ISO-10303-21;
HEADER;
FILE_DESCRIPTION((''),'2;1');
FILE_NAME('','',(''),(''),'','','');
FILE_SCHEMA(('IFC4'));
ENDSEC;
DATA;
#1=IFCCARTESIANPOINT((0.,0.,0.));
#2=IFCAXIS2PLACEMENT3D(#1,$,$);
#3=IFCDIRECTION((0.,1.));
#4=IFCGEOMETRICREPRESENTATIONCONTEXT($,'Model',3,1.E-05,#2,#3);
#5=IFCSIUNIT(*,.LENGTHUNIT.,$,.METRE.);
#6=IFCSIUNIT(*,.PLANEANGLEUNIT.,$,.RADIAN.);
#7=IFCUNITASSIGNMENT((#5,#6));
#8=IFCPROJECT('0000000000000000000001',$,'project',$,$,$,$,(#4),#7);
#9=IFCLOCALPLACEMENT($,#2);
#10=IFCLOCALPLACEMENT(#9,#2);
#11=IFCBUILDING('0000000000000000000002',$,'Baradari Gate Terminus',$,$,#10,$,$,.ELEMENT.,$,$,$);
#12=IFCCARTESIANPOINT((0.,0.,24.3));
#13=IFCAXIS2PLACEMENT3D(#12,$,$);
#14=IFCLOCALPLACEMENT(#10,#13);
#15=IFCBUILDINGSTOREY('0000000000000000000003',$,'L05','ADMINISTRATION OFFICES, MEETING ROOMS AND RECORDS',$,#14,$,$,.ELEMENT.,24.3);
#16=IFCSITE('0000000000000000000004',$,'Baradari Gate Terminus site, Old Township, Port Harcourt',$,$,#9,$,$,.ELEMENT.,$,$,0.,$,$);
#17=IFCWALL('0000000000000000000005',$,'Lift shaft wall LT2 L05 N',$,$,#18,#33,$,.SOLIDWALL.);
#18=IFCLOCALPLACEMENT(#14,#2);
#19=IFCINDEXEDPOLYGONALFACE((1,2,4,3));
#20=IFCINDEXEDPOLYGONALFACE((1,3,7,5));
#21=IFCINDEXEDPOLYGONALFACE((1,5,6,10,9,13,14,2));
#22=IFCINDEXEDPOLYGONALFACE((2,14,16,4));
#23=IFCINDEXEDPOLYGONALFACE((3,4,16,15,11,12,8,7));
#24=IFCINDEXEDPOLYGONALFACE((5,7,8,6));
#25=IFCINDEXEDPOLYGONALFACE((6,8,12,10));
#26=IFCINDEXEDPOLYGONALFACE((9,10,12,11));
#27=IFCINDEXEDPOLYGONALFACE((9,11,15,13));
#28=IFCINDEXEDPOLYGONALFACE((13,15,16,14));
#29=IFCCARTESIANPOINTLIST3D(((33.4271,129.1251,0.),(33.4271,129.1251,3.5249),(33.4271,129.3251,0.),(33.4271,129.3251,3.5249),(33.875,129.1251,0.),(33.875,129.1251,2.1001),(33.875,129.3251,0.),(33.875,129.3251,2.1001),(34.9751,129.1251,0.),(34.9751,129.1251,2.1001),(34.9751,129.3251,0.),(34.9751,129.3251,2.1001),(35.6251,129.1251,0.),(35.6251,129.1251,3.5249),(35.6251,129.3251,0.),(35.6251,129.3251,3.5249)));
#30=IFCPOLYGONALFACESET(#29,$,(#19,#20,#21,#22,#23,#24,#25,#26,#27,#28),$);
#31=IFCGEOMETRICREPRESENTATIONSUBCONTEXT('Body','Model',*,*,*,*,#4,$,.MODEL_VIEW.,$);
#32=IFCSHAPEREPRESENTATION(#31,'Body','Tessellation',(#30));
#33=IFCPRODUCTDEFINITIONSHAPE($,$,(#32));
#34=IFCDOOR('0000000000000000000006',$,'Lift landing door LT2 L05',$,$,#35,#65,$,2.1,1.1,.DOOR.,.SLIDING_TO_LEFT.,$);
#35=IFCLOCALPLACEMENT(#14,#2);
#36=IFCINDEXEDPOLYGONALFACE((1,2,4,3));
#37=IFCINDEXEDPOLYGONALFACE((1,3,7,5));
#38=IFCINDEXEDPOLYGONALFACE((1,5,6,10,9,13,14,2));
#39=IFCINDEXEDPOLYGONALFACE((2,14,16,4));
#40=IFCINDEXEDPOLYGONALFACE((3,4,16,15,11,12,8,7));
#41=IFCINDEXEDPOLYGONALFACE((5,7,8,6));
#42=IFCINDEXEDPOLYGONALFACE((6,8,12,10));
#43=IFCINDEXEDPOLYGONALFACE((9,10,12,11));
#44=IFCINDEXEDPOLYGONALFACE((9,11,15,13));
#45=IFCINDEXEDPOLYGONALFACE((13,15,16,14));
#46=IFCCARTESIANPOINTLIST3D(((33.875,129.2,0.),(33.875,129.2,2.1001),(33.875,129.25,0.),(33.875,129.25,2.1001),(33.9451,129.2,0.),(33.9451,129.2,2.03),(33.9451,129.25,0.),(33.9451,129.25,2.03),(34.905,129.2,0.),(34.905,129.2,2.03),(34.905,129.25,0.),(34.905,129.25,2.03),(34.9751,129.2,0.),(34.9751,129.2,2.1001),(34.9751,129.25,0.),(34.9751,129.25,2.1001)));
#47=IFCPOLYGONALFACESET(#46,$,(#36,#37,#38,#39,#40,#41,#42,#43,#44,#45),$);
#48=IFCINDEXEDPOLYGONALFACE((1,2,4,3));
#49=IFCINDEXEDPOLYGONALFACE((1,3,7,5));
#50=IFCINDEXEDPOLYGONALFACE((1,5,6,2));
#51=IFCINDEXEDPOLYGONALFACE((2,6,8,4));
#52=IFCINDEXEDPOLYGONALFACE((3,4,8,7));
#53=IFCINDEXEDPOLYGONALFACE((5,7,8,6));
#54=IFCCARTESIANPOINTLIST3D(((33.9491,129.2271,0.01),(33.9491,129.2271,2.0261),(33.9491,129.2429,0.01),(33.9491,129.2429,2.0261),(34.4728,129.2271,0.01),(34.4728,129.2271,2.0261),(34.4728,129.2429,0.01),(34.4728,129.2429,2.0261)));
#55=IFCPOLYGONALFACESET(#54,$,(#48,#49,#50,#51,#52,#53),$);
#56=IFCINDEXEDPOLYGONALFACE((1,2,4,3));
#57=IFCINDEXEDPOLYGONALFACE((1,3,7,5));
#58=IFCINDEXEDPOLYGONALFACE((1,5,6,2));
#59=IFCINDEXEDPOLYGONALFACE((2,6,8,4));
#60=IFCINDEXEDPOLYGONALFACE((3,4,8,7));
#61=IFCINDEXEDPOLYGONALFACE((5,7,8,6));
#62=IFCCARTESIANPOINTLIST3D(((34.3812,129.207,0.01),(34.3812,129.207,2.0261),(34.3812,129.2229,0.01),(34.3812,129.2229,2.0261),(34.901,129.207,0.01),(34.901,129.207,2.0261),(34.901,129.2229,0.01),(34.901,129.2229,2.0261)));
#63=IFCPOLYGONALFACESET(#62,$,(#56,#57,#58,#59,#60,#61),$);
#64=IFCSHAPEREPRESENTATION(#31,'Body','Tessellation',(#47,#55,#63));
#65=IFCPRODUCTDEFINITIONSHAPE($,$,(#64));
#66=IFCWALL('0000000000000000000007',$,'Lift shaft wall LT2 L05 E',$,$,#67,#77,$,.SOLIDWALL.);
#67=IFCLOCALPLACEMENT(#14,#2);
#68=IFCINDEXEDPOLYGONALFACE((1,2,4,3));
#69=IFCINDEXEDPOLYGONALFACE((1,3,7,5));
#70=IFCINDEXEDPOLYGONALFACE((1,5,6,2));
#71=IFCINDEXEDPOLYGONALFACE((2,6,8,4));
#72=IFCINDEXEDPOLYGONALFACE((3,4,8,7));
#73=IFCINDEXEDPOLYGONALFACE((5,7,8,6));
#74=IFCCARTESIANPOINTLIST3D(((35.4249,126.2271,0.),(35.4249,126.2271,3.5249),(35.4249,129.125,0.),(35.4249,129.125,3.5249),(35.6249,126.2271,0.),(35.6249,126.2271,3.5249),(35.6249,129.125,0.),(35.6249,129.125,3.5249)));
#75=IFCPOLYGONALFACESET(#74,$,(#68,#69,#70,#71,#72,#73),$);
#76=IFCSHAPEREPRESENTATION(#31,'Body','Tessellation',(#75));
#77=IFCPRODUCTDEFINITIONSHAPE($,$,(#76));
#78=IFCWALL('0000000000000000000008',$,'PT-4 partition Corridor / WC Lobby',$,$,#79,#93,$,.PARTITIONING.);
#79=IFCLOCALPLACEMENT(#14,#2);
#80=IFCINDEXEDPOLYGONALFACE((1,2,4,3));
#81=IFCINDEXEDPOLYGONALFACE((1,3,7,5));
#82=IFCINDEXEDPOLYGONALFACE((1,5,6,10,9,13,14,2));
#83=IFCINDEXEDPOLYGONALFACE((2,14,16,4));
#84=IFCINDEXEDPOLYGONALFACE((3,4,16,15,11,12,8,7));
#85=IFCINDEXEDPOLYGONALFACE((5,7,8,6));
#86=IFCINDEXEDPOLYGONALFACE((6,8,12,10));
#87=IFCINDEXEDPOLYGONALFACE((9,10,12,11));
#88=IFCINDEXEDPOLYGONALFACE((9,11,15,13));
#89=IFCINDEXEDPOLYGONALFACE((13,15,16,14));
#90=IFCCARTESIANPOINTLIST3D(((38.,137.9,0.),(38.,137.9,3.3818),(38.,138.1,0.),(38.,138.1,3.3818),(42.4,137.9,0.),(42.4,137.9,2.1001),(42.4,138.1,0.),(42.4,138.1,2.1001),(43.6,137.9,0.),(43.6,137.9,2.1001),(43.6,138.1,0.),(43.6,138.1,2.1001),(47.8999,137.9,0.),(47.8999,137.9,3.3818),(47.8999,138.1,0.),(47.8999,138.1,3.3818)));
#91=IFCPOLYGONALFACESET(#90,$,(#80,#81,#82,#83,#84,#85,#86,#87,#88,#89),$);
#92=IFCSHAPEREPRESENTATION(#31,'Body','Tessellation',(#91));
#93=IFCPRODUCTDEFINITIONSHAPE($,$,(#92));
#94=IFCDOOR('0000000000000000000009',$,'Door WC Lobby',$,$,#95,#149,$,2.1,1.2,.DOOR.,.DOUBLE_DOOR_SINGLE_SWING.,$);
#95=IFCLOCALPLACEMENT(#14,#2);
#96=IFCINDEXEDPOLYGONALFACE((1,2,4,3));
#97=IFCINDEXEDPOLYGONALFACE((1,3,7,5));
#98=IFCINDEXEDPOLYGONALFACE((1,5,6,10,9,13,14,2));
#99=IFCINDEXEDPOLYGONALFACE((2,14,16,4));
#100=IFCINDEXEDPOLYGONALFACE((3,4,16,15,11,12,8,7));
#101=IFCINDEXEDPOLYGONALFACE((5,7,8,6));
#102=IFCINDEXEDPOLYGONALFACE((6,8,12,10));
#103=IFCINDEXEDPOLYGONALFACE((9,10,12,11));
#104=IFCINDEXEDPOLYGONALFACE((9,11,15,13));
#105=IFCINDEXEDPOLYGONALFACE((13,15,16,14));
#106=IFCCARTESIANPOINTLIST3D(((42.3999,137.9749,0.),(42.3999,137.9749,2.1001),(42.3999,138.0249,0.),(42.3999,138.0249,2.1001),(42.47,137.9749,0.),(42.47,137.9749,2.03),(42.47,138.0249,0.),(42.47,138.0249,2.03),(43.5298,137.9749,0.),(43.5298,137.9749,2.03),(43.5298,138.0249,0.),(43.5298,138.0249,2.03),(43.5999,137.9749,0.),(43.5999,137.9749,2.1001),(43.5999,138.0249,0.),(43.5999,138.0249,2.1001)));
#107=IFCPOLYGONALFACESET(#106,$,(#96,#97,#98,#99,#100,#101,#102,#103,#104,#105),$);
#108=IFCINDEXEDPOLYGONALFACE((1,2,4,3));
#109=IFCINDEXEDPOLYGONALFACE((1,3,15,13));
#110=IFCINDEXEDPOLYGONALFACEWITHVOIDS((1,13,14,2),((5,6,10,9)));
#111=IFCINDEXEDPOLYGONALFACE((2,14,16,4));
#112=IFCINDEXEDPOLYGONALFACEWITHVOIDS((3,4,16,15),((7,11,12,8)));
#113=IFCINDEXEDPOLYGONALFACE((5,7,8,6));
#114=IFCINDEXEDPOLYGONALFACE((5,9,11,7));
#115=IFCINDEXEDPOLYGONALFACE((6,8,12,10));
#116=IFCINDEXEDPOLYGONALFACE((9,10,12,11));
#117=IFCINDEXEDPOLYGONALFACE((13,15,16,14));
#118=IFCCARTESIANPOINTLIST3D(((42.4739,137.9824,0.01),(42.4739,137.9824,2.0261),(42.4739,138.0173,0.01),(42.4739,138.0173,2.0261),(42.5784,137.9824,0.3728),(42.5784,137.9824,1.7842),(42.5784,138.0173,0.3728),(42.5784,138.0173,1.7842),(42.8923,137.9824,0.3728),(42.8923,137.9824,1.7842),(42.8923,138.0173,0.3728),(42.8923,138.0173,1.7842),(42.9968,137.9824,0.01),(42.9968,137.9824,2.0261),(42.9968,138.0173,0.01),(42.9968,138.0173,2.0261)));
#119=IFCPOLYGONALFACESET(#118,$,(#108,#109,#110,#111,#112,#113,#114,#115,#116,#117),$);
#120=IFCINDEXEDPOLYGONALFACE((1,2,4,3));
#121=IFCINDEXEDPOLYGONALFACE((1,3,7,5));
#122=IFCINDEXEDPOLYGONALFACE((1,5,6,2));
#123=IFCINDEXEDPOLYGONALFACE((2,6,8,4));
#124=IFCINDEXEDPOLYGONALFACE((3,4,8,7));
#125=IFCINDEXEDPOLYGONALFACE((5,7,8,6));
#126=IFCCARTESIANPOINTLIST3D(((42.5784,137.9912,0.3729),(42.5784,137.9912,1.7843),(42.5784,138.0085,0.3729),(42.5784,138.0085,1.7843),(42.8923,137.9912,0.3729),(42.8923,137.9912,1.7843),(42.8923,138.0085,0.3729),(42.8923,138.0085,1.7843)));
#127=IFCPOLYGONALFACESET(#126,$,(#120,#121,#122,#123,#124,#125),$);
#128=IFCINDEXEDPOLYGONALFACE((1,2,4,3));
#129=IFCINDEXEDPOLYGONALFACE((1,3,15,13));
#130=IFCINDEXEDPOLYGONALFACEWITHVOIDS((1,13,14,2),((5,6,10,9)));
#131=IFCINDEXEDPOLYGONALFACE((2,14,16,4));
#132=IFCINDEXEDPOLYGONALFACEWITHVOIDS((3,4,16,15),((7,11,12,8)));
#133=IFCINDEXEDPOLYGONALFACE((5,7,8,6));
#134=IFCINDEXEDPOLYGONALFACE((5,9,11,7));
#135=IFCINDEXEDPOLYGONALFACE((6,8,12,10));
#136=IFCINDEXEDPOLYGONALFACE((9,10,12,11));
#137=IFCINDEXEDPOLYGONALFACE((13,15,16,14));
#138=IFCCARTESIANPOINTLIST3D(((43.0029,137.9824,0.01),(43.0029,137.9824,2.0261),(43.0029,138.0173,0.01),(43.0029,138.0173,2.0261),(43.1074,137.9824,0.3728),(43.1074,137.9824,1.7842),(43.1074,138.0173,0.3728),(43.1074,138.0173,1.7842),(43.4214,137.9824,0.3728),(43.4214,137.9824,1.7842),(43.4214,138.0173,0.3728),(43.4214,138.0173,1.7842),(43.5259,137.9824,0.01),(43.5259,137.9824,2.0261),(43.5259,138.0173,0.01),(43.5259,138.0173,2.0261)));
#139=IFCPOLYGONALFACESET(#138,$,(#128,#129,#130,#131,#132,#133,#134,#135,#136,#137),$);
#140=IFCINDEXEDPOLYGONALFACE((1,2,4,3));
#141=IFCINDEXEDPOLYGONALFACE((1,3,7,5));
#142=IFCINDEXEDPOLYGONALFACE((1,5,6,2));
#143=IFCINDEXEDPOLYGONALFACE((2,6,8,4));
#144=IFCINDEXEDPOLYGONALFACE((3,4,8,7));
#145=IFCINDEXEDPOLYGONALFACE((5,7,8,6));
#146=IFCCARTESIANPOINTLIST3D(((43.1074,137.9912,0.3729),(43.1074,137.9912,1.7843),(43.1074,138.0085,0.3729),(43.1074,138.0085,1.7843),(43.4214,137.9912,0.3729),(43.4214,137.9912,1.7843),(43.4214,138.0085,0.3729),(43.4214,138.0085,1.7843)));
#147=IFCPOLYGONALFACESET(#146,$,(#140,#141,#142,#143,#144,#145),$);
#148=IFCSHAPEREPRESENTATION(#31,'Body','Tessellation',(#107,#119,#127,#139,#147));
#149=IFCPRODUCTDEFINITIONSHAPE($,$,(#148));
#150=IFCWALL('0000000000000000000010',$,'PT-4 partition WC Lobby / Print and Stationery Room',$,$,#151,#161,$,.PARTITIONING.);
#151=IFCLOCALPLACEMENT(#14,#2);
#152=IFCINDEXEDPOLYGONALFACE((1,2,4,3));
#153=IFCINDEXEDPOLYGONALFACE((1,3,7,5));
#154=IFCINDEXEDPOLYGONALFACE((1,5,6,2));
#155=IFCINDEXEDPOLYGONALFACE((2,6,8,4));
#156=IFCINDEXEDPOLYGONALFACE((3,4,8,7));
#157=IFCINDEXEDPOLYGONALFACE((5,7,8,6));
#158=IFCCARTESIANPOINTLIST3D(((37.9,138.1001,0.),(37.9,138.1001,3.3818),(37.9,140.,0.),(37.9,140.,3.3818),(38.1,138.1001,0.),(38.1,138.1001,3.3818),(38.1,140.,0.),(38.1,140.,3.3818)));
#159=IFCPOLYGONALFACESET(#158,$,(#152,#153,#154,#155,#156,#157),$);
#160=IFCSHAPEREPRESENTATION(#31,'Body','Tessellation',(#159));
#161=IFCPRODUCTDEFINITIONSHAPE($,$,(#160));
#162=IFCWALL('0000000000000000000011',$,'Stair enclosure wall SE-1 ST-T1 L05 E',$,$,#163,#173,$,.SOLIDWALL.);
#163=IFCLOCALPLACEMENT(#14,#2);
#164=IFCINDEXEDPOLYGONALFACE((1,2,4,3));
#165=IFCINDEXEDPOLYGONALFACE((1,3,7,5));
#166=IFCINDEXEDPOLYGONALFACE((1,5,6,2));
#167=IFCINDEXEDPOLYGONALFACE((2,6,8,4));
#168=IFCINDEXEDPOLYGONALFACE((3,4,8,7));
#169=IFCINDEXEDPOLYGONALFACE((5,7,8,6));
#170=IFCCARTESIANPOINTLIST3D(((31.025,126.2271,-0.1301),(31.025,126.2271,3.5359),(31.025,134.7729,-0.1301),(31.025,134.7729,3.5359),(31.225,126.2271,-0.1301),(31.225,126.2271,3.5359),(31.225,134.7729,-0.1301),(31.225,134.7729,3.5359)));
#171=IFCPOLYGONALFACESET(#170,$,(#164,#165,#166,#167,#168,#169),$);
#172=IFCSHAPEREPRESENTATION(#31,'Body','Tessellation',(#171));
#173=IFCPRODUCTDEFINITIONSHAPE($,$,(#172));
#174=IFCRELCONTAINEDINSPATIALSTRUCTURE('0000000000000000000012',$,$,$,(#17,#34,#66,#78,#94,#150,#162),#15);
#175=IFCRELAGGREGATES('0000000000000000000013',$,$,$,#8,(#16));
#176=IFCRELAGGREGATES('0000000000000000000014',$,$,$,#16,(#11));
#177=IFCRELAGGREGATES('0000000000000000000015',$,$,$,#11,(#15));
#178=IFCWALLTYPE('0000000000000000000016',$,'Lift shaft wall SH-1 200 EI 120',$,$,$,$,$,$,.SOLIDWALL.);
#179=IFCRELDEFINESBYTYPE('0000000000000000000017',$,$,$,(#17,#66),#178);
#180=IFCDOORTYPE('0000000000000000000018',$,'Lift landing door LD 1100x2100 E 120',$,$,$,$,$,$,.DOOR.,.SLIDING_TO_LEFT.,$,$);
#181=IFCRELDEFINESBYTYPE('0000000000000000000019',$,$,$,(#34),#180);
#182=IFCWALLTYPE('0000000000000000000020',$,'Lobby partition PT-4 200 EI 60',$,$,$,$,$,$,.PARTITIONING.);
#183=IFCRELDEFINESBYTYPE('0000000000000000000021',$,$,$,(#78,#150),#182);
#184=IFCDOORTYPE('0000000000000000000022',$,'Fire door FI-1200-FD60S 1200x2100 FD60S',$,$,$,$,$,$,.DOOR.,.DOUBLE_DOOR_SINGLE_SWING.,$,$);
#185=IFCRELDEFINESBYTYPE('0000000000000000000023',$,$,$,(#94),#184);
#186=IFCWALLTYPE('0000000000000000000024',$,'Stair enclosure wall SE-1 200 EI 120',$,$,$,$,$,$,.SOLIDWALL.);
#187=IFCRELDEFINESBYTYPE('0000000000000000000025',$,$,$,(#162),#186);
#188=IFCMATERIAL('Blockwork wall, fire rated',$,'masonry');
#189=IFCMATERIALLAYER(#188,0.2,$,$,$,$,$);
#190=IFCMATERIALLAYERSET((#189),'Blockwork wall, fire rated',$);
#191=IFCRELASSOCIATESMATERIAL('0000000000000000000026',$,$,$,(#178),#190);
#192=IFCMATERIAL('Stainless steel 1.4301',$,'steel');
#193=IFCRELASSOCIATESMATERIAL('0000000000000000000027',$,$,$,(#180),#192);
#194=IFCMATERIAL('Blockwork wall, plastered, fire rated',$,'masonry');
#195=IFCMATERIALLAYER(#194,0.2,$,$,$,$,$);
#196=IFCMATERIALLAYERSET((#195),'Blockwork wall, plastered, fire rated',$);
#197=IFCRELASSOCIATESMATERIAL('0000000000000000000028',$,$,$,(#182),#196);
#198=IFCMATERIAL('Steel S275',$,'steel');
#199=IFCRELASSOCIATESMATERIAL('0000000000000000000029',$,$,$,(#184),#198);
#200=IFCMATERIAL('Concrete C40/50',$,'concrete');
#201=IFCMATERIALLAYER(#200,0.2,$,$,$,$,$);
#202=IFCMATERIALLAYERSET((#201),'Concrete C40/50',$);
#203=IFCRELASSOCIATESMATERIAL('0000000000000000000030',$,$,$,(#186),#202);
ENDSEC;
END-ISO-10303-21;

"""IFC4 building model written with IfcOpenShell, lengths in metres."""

from ifc_helpers import new_model, si_unit, direction, frame, frame_2d, origin, place, context, subcontext, project, spatial, polyline, rectangle, outline, extrude, material, layer, layer_set, type_object, element, fill, save


model = new_model("IFC4")

# Units and contexts
model_context = context("Model", 3, precision=1e-05, world=origin(), true_north=direction((0.0, 1.0)))
body_context = subcontext(model_context, "Body", "Model", "MODEL_VIEW")
ifc_project = project(units=[si_unit("LENGTHUNIT", "METRE"), si_unit("PLANEANGLEUNIT", "RADIAN")], contexts=[model_context])

# Site, building, storey
site_placement = place(None, origin())
site = spatial("IfcSite", under=ifc_project, at=site_placement, Name="Baradari Gate Terminus site, Old Township, Port Harcourt", CompositionType="ELEMENT", RefElevation=0.0)
building_placement = place(site_placement, origin())
building = spatial("IfcBuilding", under=site, at=building_placement, Name="Baradari Gate Terminus", CompositionType="ELEMENT")
storey_placement = place(building_placement, frame((0.0, 0.0, 24.3)))
storey = spatial("IfcBuildingStorey", under=building, at=storey_placement, Name="L05", Description="ADMINISTRATION OFFICES, MEETING ROOMS AND RECORDS", CompositionType="ELEMENT", Elevation=24.3)

# Shared definitions
ifc_material_1 = material(Name="Blockwork wall, fire rated", Category="masonry")
ifc_layer_1 = layer(ifc_material_1, 0.2)
ifc_layer_set_1 = layer_set([ifc_layer_1], Name="Blockwork wall, fire rated")
wall_type_1 = type_object("IfcWallType", Name="Lift shaft wall SH-1 200 EI 120", PredefinedType="SOLIDWALL", material=ifc_layer_set_1)
ifc_material_2 = material(Name="Stainless steel 1.4301", Category="steel")
door_type_1 = type_object("IfcDoorType", Name="Lift landing door LD 1100x2100 E 120", OperationType="SLIDING_TO_LEFT", PredefinedType="DOOR", material=ifc_material_2)

# Wall, opening, door
wall_1_placement = place(storey_placement, frame((33.427, 129.2251, 0.0), z_axis=(0.0, 0.0, 1.0), x_axis=(1.0, 0.0, 0.0)))
wall_1 = element("IfcWall", 1, at=wall_1_placement, inside=storey, type_object=wall_type_1, Name="Lift shaft wall LT2 L05 N", PredefinedType="SOLIDWALL", context=body_context, shape_type="SweptSolid", body=[
    extrude(rectangle(XDim=2.198, YDim=0.2, at=frame_2d((1.0991, 0.0))), origin(), (0.0, 0.0, 1.0), 3.5249),
])
opening_1_placement = place(wall_1_placement, frame((0.448, 0.0, 0.0)))
opening_1 = element("IfcOpeningElement", 2, at=opening_1_placement, cuts=wall_1, PredefinedType="OPENING", context=body_context, shape_type="SweptSolid", body=[
    extrude(rectangle(XDim=1.1001, YDim=2.1001, at=frame_2d((0.55, 1.05))), frame((0.0, 0.1099, 0.0), z_axis=(0.0, -1.0, 0.0), x_axis=(1.0, 0.0, 0.0)), (0.0, 0.0, 1.0), 0.22),
])
door_1_placement = place(opening_1_placement, origin())
door_1 = element("IfcDoor", 3, at=door_1_placement, inside=storey, type_object=door_type_1, Name="Lift landing door LT2 L05", OperationType="SLIDING_TO_LEFT", OverallHeight=2.1, OverallWidth=1.1, PredefinedType="DOOR", context=body_context, shape_type="SweptSolid", body=[
    extrude(outline(polyline([(0.0, 0.0), (0.0701, 0.0), (0.0701, 2.03), (1.03, 2.03), (1.03, 0.0), (1.1001, 0.0), (1.1001, 2.1001), (0.0, 2.1001), (0.0, 0.0)])), frame((0.0, 0.0249, 0.0), z_axis=(0.0, -1.0, 0.0), x_axis=(1.0, 0.0, 0.0)), (0.0, 0.0, 1.0), 0.05),
    extrude(rectangle(XDim=0.5237, YDim=2.0161, at=frame_2d((0.3359, 1.0181))), frame((0.0, 0.0178, 0.0), z_axis=(0.0, -1.0, 0.0), x_axis=(1.0, 0.0, 0.0)), (0.0, 0.0, 1.0), 0.0159),
    extrude(rectangle(XDim=0.5198, YDim=2.0161, at=frame_2d((0.7661, 1.0181))), frame((0.0, -0.0022, 0.0), z_axis=(0.0, -1.0, 0.0), x_axis=(1.0, 0.0, 0.0)), (0.0, 0.0, 1.0), 0.0159),
])
fill(opening_1, door_1)

# Wall
wall_2_placement = place(storey_placement, frame((35.5249, 126.2271, 0.0), z_axis=(0.0, 0.0, 1.0), x_axis=(0.0, 1.0, 0.0)))
element("IfcWall", 4, at=wall_2_placement, inside=storey, type_object=wall_type_1, Name="Lift shaft wall LT2 L05 E", PredefinedType="SOLIDWALL", context=body_context, shape_type="SweptSolid", body=[
    extrude(rectangle(XDim=2.8979, YDim=0.2, at=frame_2d((1.449, 0.0))), origin(), (0.0, 0.0, 1.0), 3.5249),
])

# Wall, opening, door
ifc_material_3 = material(Name="Blockwork wall, plastered, fire rated", Category="masonry")
ifc_layer_2 = layer(ifc_material_3, 0.2)
ifc_layer_set_2 = layer_set([ifc_layer_2], Name="Blockwork wall, plastered, fire rated")
wall_type_2 = type_object("IfcWallType", Name="Lobby partition PT-4 200 EI 60", PredefinedType="PARTITIONING", material=ifc_layer_set_2)
wall_3_placement = place(storey_placement, frame((38.0, 138.0, 0.0), z_axis=(0.0, 0.0, 1.0), x_axis=(1.0, 0.0, 0.0)))
wall_3 = element("IfcWall", 5, at=wall_3_placement, inside=storey, type_object=wall_type_2, Name="PT-4 partition Corridor / WC Lobby", PredefinedType="PARTITIONING", context=body_context, shape_type="SweptSolid", body=[
    extrude(rectangle(XDim=9.8999, YDim=0.2, at=frame_2d((4.95, 0.0))), origin(), (0.0, 0.0, 1.0), 3.3818),
])
opening_2_placement = place(wall_3_placement, frame((4.3999, 0.0, 0.0)))
opening_2 = element("IfcOpeningElement", 6, at=opening_2_placement, cuts=wall_3, PredefinedType="OPENING", context=body_context, shape_type="SweptSolid", body=[
    extrude(rectangle(XDim=1.2, YDim=2.1001, at=frame_2d((0.6001, 1.05))), frame((0.0, 0.1099, 0.0), z_axis=(0.0, -1.0, 0.0), x_axis=(1.0, 0.0, 0.0)), (0.0, 0.0, 1.0), 0.22),
])
ifc_material_4 = material(Name="Steel S275", Category="steel")
door_type_2 = type_object("IfcDoorType", Name="Fire door FI-1200-FD60S 1200x2100 FD60S", OperationType="DOUBLE_DOOR_SINGLE_SWING", PredefinedType="DOOR", material=ifc_material_4)
door_2_placement = place(opening_2_placement, origin())
door_2 = element("IfcDoor", 7, at=door_2_placement, inside=storey, type_object=door_type_2, Name="Door WC Lobby", OperationType="DOUBLE_DOOR_SINGLE_SWING", OverallHeight=2.1, OverallWidth=1.2, PredefinedType="DOOR", context=body_context, shape_type="SweptSolid", body=[
    extrude(outline(polyline([(0.0, 0.0), (0.0701, 0.0), (0.0701, 2.03), (1.1299, 2.03), (1.1299, 0.0), (1.2, 0.0), (1.2, 2.1001), (0.0, 2.1001), (0.0, 0.0)])), frame((0.0, 0.0249, 0.0), z_axis=(0.0, -1.0, 0.0), x_axis=(1.0, 0.0, 0.0)), (0.0, 0.0, 1.0), 0.05),
    extrude(outline(polyline([(0.074, 0.01), (0.5969, 0.01), (0.5969, 2.0261), (0.074, 2.0261), (0.074, 0.01)]), holes=[polyline([(0.1785, 0.3728), (0.4924, 0.3728), (0.4924, 1.7842), (0.1785, 1.7842), (0.1785, 0.3728)])]), frame((0.0, 0.0173, 0.0), z_axis=(0.0, -1.0, 0.0), x_axis=(1.0, 0.0, 0.0)), (0.0, 0.0, 1.0), 0.0349),
    extrude(rectangle(XDim=0.314, YDim=1.4114, at=frame_2d((0.3354, 1.0786))), frame((0.0, 0.0085, 0.0), z_axis=(0.0, -1.0, 0.0), x_axis=(1.0, 0.0, 0.0)), (0.0, 0.0, 1.0), 0.0173),
    extrude(outline(polyline([(0.603, 0.01), (1.126, 0.01), (1.126, 2.0261), (0.603, 2.0261), (0.603, 0.01)]), holes=[polyline([(0.7075, 0.3728), (1.0215, 0.3728), (1.0215, 1.7842), (0.7075, 1.7842), (0.7075, 0.3728)])]), frame((0.0, 0.0173, 0.0), z_axis=(0.0, -1.0, 0.0), x_axis=(1.0, 0.0, 0.0)), (0.0, 0.0, 1.0), 0.0349),
    extrude(rectangle(XDim=0.314, YDim=1.4114, at=frame_2d((0.8645, 1.0786))), frame((0.0, 0.0085, 0.0), z_axis=(0.0, -1.0, 0.0), x_axis=(1.0, 0.0, 0.0)), (0.0, 0.0, 1.0), 0.0173),
])
fill(opening_2, door_2)

# Walls
wall_4_placement = place(storey_placement, frame((38.0, 138.1001, 0.0), z_axis=(0.0, 0.0, 1.0), x_axis=(0.0, 1.0, 0.0)))
element("IfcWall", 8, at=wall_4_placement, inside=storey, type_object=wall_type_2, Name="PT-4 partition WC Lobby / Print and Stationery Room", PredefinedType="PARTITIONING", context=body_context, shape_type="SweptSolid", body=[
    extrude(rectangle(XDim=1.8999, YDim=0.2, at=frame_2d((0.95, 0.0))), origin(), (0.0, 0.0, 1.0), 3.3818),
])
ifc_material_5 = material(Name="Concrete C40/50", Category="concrete")
ifc_layer_3 = layer(ifc_material_5, 0.2)
ifc_layer_set_3 = layer_set([ifc_layer_3], Name="Concrete C40/50")
wall_type_3 = type_object("IfcWallType", Name="Stair enclosure wall SE-1 200 EI 120", PredefinedType="SOLIDWALL", material=ifc_layer_set_3)
wall_5_placement = place(storey_placement, frame((31.125, 126.2271, -0.1301), z_axis=(0.0, 0.0, 1.0), x_axis=(0.0, 1.0, 0.0)))
element("IfcWall", 9, at=wall_5_placement, inside=storey, type_object=wall_type_3, Name="Stair enclosure wall SE-1 ST-T1 L05 E", PredefinedType="SOLIDWALL", context=body_context, shape_type="SweptSolid", body=[
    extrude(rectangle(XDim=8.5459, YDim=0.2, at=frame_2d((4.2729, 0.0))), origin(), (0.0, 0.0, 1.0), 3.666),
])

save(model, "model.ifc")
